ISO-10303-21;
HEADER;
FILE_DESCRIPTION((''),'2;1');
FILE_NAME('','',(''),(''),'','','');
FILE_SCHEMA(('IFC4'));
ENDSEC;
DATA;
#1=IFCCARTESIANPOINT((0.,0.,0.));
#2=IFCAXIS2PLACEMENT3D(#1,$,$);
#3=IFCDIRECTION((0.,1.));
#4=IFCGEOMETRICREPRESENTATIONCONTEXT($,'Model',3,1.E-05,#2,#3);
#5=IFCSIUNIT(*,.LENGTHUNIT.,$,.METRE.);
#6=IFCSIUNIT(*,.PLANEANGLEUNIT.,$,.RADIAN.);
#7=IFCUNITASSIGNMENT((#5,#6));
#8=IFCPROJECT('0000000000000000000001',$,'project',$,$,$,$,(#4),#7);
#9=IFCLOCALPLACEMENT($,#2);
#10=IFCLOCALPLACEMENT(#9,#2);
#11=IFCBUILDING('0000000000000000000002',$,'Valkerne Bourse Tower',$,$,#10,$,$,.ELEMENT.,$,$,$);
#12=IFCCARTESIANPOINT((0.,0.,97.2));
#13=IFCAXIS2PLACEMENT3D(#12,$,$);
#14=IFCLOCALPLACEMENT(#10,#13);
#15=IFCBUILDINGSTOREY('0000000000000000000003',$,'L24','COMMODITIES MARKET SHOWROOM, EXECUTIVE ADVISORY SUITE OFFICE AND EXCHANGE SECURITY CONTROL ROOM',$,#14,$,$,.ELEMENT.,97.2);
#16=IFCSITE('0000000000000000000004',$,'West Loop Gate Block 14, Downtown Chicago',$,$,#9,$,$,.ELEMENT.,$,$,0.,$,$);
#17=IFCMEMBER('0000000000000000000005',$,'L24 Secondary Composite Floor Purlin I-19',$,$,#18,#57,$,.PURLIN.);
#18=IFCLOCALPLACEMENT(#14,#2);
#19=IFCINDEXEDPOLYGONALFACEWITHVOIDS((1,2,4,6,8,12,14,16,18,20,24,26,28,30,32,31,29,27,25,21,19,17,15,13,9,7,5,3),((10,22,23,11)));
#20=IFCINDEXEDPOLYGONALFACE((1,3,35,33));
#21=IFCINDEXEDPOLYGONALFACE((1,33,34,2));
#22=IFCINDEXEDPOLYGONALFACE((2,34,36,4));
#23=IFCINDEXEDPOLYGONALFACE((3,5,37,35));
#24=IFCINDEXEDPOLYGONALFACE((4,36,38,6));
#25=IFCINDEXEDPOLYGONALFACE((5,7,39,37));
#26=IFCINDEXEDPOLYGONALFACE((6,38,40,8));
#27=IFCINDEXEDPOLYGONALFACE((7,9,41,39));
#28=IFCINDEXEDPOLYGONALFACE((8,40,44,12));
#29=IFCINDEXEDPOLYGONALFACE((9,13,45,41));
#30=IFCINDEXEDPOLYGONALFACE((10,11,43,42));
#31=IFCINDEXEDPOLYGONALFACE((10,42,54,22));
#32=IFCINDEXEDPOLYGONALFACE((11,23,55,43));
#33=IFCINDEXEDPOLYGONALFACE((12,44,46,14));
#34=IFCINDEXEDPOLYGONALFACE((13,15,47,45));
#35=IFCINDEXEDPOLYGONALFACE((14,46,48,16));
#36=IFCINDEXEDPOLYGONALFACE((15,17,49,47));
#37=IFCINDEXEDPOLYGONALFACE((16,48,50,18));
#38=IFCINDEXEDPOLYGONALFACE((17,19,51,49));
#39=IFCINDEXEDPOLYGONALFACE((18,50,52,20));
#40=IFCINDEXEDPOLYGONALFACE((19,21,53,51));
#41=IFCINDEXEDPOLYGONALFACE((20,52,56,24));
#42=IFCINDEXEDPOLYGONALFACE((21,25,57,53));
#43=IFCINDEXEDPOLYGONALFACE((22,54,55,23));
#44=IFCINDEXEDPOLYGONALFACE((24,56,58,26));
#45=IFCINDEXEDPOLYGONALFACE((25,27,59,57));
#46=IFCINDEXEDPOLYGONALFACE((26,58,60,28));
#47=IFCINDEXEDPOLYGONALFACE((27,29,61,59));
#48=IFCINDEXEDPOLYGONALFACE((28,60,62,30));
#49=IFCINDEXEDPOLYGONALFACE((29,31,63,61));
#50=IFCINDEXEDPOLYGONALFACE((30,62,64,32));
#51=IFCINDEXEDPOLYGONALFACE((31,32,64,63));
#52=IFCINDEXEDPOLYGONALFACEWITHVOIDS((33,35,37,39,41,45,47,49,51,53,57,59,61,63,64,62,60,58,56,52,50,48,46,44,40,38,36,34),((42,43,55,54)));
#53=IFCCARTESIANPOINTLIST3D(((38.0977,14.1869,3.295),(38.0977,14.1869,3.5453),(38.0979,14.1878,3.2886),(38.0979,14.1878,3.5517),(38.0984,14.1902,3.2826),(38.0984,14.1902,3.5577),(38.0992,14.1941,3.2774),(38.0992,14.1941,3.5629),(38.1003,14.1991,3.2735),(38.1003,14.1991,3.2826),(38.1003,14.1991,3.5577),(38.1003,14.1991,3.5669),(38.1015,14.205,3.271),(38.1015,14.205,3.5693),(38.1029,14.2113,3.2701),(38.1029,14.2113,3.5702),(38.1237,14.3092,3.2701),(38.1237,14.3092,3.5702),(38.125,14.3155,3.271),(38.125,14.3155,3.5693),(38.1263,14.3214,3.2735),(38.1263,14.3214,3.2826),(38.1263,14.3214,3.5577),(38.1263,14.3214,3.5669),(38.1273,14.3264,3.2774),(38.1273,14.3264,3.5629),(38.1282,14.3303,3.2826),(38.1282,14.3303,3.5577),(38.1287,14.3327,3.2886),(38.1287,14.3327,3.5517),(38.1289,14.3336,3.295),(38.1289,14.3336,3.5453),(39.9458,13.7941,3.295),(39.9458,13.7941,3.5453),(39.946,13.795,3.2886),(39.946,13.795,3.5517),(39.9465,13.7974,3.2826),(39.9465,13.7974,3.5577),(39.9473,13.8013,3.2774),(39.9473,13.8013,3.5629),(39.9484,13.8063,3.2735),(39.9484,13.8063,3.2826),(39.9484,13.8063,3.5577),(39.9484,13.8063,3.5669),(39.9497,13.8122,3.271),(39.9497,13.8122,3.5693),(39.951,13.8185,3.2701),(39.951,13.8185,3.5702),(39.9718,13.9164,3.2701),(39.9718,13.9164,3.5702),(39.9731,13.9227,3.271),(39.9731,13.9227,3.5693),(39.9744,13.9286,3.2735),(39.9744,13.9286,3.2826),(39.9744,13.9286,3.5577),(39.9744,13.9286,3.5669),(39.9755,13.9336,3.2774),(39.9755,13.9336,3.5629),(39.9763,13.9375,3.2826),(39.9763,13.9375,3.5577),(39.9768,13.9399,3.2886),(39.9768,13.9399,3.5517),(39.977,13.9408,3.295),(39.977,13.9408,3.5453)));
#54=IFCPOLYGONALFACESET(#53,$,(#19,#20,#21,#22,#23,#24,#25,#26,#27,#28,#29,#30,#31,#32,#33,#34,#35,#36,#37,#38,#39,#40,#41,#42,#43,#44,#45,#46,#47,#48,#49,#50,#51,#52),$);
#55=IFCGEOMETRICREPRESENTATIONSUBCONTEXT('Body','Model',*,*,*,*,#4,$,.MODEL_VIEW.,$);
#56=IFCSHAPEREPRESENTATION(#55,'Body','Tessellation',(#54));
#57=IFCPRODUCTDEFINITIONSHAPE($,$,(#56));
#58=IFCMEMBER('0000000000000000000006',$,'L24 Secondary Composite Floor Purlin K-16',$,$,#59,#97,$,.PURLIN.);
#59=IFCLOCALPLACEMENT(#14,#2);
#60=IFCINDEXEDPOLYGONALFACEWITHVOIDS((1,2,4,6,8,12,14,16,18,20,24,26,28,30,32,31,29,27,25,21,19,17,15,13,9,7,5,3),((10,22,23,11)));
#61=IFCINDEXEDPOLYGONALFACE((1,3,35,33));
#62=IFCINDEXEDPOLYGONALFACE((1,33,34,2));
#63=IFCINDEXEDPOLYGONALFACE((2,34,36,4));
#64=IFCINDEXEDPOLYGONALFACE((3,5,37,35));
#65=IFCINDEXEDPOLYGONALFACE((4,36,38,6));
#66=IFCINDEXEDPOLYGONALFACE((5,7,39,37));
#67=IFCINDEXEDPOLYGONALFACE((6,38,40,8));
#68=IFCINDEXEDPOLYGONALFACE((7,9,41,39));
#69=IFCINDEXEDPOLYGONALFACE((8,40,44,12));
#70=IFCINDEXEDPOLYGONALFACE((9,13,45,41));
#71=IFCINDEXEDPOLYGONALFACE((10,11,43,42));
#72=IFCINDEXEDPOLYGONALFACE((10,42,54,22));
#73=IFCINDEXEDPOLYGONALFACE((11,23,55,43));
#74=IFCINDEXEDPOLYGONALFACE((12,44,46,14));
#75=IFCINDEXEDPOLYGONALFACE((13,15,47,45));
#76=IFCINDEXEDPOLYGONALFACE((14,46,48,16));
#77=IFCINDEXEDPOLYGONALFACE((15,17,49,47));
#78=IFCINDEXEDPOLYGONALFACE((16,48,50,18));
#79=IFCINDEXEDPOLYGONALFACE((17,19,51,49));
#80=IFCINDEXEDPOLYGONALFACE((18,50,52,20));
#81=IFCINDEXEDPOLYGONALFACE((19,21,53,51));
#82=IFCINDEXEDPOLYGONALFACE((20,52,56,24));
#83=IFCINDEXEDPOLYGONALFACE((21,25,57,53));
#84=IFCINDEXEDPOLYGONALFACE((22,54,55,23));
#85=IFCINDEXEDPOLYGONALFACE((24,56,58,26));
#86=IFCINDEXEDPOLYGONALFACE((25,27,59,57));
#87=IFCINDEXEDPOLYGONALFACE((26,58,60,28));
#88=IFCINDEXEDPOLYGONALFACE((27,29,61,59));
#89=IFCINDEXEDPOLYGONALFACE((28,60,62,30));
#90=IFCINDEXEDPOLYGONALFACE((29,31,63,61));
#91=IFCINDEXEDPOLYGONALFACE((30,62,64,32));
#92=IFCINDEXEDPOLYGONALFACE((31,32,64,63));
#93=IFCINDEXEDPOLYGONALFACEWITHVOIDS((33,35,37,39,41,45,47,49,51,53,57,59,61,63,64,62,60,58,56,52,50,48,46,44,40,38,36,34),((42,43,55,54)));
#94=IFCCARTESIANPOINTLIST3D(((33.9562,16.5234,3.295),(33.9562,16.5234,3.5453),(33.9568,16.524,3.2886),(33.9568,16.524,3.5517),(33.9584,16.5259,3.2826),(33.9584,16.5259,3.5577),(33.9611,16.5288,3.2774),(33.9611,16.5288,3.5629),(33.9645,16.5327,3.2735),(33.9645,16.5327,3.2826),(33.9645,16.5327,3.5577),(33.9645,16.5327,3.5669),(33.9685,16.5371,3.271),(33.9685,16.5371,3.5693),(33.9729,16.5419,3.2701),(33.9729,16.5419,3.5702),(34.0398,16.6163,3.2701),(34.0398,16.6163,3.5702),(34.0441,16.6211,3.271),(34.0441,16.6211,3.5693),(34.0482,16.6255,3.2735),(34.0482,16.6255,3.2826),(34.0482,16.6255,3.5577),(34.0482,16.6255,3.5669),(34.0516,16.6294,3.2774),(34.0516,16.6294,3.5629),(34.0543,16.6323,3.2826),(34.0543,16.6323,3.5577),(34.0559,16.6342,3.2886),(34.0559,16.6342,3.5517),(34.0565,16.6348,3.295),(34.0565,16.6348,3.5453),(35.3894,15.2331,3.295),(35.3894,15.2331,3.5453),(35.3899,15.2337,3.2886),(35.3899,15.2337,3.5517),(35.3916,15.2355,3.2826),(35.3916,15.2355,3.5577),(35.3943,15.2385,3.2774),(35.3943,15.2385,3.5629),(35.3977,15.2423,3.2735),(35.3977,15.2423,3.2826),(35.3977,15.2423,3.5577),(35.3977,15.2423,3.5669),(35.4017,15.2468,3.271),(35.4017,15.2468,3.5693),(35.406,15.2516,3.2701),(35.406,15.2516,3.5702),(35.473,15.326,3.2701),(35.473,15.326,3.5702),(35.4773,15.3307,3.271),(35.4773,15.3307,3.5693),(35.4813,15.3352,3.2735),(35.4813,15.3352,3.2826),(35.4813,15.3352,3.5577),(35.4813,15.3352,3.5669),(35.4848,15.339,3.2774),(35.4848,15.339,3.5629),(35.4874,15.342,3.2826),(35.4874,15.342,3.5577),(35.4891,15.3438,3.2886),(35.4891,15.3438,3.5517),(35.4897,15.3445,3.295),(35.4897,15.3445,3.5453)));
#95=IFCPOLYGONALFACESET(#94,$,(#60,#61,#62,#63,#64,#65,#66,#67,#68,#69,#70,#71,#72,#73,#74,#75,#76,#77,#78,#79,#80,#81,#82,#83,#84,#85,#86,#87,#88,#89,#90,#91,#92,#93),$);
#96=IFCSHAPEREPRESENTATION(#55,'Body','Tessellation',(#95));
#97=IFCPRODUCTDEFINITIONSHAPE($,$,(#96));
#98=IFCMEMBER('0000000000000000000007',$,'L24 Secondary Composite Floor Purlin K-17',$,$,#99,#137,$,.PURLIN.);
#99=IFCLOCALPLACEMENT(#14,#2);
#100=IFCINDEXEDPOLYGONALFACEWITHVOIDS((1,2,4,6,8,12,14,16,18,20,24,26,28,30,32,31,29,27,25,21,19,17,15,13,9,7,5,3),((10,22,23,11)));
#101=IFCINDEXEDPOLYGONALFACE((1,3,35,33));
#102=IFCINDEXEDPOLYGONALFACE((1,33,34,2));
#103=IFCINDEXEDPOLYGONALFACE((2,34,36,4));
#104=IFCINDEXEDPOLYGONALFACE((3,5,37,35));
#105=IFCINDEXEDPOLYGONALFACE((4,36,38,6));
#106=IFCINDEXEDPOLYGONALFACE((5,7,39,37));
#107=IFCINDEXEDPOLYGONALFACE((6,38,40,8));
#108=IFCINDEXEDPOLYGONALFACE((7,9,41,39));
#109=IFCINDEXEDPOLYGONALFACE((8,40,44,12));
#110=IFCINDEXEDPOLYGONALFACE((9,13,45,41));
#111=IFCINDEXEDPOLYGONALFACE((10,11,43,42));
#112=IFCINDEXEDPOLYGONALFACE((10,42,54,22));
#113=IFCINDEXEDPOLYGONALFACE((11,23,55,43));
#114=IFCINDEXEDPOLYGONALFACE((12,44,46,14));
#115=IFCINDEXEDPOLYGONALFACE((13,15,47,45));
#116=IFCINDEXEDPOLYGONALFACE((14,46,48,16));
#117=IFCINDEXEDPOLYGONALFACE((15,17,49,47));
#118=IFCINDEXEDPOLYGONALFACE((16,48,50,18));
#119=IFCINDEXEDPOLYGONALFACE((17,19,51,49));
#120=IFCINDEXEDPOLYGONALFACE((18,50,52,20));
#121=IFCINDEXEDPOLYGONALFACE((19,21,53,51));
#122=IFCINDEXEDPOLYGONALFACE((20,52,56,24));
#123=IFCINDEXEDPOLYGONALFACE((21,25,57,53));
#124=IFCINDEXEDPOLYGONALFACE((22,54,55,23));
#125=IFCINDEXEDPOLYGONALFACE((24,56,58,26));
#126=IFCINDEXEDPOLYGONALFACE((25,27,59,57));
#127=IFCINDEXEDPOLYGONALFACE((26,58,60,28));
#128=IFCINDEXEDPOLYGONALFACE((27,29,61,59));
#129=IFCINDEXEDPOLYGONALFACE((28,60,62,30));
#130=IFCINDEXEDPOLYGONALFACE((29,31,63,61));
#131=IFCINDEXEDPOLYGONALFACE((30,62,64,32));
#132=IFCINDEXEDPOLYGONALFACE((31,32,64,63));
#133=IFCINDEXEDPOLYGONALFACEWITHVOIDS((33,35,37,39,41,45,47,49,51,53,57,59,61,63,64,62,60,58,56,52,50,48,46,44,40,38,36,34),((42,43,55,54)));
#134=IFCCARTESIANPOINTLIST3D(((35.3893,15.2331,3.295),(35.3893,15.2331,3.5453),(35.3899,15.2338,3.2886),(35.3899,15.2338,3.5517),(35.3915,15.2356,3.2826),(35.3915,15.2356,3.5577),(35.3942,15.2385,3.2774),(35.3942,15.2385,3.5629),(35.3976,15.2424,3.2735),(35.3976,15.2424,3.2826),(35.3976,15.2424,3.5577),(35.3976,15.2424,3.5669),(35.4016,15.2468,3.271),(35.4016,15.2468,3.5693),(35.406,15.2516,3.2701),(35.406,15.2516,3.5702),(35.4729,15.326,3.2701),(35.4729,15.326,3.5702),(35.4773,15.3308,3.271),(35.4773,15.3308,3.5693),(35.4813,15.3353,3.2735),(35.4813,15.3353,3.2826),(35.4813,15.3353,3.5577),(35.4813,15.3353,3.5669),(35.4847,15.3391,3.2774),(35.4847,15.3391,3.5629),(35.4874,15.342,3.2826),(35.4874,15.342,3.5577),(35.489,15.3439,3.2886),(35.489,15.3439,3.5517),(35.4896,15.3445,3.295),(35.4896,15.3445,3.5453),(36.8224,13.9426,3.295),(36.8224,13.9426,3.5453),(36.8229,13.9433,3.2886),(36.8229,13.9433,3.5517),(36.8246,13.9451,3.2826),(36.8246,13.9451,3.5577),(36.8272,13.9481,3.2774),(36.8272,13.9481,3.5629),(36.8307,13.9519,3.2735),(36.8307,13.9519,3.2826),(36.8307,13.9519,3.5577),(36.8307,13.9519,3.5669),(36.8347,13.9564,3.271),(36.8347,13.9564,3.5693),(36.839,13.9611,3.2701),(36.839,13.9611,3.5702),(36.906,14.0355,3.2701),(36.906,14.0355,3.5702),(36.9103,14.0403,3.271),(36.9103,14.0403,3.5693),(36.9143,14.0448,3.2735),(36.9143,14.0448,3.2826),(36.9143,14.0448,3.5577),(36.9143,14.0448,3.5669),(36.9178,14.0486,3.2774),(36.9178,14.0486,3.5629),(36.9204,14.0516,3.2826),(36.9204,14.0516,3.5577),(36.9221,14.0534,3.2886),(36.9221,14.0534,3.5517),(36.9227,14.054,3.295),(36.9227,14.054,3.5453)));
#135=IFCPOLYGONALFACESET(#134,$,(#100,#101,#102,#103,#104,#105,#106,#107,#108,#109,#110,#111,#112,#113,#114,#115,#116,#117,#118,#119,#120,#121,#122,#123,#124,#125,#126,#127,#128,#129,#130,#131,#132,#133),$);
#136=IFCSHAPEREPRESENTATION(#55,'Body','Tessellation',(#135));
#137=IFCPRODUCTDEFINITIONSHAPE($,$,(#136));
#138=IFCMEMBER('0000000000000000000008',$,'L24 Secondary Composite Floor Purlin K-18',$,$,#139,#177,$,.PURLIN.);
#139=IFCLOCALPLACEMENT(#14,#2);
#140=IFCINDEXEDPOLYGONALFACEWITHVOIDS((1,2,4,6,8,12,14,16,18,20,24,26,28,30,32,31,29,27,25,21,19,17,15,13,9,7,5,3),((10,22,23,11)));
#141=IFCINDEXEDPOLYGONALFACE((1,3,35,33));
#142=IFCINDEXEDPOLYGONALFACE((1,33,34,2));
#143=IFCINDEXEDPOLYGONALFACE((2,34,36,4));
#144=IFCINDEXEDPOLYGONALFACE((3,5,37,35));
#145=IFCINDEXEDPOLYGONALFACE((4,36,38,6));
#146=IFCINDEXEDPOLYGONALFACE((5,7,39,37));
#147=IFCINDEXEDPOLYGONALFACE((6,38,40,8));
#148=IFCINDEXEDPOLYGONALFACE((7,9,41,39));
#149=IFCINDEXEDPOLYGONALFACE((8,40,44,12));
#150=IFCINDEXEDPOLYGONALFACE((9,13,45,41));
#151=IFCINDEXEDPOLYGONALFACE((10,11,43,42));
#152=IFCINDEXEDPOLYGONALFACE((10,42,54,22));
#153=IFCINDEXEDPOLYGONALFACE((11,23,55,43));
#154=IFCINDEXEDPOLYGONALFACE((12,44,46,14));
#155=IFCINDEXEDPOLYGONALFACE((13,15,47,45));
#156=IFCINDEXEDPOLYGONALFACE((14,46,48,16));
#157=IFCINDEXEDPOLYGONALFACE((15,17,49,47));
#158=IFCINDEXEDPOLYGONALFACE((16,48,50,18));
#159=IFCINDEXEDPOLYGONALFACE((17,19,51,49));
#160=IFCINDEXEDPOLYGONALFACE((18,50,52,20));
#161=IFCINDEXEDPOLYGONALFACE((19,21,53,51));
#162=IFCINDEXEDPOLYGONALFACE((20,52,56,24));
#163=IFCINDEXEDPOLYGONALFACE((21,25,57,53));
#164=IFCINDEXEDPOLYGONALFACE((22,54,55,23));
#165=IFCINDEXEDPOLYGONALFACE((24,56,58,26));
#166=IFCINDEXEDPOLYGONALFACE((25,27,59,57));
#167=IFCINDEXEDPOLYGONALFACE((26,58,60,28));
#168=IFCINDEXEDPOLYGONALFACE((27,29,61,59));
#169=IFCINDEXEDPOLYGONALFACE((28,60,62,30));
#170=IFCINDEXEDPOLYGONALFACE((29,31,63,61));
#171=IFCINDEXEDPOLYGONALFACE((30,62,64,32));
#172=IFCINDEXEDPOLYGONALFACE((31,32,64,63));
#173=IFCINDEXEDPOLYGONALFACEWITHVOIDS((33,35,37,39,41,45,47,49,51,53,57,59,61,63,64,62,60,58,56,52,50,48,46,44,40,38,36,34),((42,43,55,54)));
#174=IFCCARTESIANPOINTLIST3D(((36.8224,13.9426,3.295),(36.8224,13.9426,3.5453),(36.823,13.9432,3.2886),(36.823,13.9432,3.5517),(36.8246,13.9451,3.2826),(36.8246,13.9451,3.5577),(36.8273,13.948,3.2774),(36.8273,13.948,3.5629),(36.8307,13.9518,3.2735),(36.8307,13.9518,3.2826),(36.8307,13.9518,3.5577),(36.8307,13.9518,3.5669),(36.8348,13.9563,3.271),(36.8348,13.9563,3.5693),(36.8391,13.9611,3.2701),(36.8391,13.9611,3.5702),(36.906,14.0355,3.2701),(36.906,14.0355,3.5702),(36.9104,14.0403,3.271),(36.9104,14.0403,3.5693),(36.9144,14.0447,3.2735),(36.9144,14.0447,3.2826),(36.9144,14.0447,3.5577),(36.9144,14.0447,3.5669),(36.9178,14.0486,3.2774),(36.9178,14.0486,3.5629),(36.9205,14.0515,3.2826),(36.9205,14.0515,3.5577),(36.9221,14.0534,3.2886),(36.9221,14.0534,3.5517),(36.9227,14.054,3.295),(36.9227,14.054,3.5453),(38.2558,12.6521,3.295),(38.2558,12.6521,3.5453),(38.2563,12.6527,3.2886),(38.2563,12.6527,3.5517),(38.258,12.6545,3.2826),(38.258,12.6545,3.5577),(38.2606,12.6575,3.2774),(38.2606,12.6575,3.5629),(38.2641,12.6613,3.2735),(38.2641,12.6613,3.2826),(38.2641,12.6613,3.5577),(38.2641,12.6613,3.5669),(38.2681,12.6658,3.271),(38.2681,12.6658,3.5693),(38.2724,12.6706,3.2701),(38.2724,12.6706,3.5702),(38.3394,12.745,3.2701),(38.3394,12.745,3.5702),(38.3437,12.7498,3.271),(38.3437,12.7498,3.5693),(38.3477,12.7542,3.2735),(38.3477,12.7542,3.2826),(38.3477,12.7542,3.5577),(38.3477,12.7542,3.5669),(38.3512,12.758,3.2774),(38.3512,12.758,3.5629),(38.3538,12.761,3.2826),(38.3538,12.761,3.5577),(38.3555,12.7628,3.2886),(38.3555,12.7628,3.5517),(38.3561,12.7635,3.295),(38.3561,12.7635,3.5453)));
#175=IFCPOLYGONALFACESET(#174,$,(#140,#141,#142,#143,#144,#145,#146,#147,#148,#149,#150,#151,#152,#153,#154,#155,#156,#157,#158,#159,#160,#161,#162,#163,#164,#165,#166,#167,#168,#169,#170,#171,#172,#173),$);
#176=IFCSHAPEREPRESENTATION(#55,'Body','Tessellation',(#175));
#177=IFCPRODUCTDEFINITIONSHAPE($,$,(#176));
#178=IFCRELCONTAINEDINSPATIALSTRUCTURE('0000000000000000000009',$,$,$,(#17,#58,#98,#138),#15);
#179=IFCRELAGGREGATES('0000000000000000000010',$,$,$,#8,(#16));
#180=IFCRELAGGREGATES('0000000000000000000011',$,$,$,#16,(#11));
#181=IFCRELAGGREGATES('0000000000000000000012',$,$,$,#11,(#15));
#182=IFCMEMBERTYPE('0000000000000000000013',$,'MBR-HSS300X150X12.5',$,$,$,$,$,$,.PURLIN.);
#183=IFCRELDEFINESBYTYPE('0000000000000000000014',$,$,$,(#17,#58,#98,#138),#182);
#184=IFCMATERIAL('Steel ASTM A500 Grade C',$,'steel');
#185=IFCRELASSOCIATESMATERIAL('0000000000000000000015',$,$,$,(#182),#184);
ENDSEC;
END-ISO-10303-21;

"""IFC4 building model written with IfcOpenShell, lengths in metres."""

from ifc_helpers import new_model, si_unit, direction, frame, origin, origin_2d, place, context, subcontext, project, spatial, hollow_rectangle, extrude, material, material_profile, profile_set, type_object, element, save


model = new_model("IFC4")

# Units and contexts
model_context = context("Model", 3, precision=1e-05, world=origin(), true_north=direction((0.0, 1.0)))
body_context = subcontext(model_context, "Body", "Model", "MODEL_VIEW")
ifc_project = project(units=[si_unit("LENGTHUNIT", "METRE"), si_unit("PLANEANGLEUNIT", "RADIAN")], contexts=[model_context])

# Site, building, storey
site_placement = place(None, origin())
site = spatial("IfcSite", under=ifc_project, at=site_placement, Name="West Loop Gate Block 14, Downtown Chicago", CompositionType="ELEMENT", RefElevation=0.0)
building_placement = place(site_placement, origin())
building = spatial("IfcBuilding", under=site, at=building_placement, Name="Valkerne Bourse Tower", CompositionType="ELEMENT")
storey_placement = place(building_placement, frame((0.0, 0.0, 97.2)))
storey = spatial("IfcBuildingStorey", under=building, at=storey_placement, Name="L24", Description="COMMODITIES MARKET SHOWROOM, EXECUTIVE ADVISORY SUITE OFFICE AND EXCHANGE SECURITY CONTROL ROOM", CompositionType="ELEMENT", Elevation=97.2)

# Members
ifc_material_1 = material(Name="Steel ASTM A500 Grade C", Category="steel")
ifc_material_profile_1 = material_profile(ifc_material_1, hollow_rectangle(XDim=0.1499, YDim=0.3, WallThickness=0.0125, OuterFilletRadius=0.0249, at=origin_2d()), Name="HSS300X150X12.5")
ifc_profile_set_1 = profile_set([ifc_material_profile_1], Name="Steel ASTM A500 Grade C")
member_type_1 = type_object("IfcMemberType", Name="MBR-HSS300X150X12.5", PredefinedType="PURLIN", material=ifc_profile_set_1)
member_1_placement = place(storey_placement, frame((38.1133, 14.2603, 3.4202), z_axis=(0.978149, -0.207905, 0.0), x_axis=(0.207905, 0.978149, 0.0)))
element("IfcMember", 1, at=member_1_placement, inside=storey, type_object=member_type_1, Name="L24 Secondary Composite Floor Purlin I-19", PredefinedType="PURLIN", context=body_context, shape_type="SweptSolid", body=[
    extrude(hollow_rectangle(XDim=0.1499, YDim=0.3, WallThickness=0.0125, OuterFilletRadius=0.0249, at=origin_2d()), origin(), (0.0, 0.0, 1.0), 1.8894),
])
for number, where, z_axis, x_axis, name in (
    (2, (34.0063, 16.5791, 3.4202), (0.743168, -0.669105, 0.0), (0.669105, 0.743168, 0.0), "L24 Secondary Composite Floor Purlin K-16"),
    (3, (35.4395, 15.2888, 3.4202), (0.743105, -0.669175, 0.0), (0.669175, 0.743105, 0.0), "L24 Secondary Composite Floor Purlin K-17"),
):
    element("IfcMember", number, at=place(storey_placement, frame(where, z_axis=z_axis, x_axis=x_axis)), inside=storey, type_object=member_type_1, Name=name, PredefinedType="PURLIN", context=body_context, shape_type="SweptSolid", body=[
        extrude(hollow_rectangle(XDim=0.1499, YDim=0.3, WallThickness=0.0125, OuterFilletRadius=0.0249, at=origin_2d()), origin(), (0.0, 0.0, 1.0), 1.9285),
    ])
member_2_placement = place(storey_placement, frame((36.8726, 13.9983, 3.4202), z_axis=(0.743162, -0.669112, 0.0), x_axis=(0.669112, 0.743162, 0.0)))
element("IfcMember", 4, at=member_2_placement, inside=storey, type_object=member_type_1, Name="L24 Secondary Composite Floor Purlin K-18", PredefinedType="PURLIN", context=body_context, shape_type="SweptSolid", body=[
    extrude(hollow_rectangle(XDim=0.1499, YDim=0.3, WallThickness=0.0125, OuterFilletRadius=0.0249, at=origin_2d()), origin(), (0.0, 0.0, 1.0), 1.9287),
])

save(model, "model.ifc")
